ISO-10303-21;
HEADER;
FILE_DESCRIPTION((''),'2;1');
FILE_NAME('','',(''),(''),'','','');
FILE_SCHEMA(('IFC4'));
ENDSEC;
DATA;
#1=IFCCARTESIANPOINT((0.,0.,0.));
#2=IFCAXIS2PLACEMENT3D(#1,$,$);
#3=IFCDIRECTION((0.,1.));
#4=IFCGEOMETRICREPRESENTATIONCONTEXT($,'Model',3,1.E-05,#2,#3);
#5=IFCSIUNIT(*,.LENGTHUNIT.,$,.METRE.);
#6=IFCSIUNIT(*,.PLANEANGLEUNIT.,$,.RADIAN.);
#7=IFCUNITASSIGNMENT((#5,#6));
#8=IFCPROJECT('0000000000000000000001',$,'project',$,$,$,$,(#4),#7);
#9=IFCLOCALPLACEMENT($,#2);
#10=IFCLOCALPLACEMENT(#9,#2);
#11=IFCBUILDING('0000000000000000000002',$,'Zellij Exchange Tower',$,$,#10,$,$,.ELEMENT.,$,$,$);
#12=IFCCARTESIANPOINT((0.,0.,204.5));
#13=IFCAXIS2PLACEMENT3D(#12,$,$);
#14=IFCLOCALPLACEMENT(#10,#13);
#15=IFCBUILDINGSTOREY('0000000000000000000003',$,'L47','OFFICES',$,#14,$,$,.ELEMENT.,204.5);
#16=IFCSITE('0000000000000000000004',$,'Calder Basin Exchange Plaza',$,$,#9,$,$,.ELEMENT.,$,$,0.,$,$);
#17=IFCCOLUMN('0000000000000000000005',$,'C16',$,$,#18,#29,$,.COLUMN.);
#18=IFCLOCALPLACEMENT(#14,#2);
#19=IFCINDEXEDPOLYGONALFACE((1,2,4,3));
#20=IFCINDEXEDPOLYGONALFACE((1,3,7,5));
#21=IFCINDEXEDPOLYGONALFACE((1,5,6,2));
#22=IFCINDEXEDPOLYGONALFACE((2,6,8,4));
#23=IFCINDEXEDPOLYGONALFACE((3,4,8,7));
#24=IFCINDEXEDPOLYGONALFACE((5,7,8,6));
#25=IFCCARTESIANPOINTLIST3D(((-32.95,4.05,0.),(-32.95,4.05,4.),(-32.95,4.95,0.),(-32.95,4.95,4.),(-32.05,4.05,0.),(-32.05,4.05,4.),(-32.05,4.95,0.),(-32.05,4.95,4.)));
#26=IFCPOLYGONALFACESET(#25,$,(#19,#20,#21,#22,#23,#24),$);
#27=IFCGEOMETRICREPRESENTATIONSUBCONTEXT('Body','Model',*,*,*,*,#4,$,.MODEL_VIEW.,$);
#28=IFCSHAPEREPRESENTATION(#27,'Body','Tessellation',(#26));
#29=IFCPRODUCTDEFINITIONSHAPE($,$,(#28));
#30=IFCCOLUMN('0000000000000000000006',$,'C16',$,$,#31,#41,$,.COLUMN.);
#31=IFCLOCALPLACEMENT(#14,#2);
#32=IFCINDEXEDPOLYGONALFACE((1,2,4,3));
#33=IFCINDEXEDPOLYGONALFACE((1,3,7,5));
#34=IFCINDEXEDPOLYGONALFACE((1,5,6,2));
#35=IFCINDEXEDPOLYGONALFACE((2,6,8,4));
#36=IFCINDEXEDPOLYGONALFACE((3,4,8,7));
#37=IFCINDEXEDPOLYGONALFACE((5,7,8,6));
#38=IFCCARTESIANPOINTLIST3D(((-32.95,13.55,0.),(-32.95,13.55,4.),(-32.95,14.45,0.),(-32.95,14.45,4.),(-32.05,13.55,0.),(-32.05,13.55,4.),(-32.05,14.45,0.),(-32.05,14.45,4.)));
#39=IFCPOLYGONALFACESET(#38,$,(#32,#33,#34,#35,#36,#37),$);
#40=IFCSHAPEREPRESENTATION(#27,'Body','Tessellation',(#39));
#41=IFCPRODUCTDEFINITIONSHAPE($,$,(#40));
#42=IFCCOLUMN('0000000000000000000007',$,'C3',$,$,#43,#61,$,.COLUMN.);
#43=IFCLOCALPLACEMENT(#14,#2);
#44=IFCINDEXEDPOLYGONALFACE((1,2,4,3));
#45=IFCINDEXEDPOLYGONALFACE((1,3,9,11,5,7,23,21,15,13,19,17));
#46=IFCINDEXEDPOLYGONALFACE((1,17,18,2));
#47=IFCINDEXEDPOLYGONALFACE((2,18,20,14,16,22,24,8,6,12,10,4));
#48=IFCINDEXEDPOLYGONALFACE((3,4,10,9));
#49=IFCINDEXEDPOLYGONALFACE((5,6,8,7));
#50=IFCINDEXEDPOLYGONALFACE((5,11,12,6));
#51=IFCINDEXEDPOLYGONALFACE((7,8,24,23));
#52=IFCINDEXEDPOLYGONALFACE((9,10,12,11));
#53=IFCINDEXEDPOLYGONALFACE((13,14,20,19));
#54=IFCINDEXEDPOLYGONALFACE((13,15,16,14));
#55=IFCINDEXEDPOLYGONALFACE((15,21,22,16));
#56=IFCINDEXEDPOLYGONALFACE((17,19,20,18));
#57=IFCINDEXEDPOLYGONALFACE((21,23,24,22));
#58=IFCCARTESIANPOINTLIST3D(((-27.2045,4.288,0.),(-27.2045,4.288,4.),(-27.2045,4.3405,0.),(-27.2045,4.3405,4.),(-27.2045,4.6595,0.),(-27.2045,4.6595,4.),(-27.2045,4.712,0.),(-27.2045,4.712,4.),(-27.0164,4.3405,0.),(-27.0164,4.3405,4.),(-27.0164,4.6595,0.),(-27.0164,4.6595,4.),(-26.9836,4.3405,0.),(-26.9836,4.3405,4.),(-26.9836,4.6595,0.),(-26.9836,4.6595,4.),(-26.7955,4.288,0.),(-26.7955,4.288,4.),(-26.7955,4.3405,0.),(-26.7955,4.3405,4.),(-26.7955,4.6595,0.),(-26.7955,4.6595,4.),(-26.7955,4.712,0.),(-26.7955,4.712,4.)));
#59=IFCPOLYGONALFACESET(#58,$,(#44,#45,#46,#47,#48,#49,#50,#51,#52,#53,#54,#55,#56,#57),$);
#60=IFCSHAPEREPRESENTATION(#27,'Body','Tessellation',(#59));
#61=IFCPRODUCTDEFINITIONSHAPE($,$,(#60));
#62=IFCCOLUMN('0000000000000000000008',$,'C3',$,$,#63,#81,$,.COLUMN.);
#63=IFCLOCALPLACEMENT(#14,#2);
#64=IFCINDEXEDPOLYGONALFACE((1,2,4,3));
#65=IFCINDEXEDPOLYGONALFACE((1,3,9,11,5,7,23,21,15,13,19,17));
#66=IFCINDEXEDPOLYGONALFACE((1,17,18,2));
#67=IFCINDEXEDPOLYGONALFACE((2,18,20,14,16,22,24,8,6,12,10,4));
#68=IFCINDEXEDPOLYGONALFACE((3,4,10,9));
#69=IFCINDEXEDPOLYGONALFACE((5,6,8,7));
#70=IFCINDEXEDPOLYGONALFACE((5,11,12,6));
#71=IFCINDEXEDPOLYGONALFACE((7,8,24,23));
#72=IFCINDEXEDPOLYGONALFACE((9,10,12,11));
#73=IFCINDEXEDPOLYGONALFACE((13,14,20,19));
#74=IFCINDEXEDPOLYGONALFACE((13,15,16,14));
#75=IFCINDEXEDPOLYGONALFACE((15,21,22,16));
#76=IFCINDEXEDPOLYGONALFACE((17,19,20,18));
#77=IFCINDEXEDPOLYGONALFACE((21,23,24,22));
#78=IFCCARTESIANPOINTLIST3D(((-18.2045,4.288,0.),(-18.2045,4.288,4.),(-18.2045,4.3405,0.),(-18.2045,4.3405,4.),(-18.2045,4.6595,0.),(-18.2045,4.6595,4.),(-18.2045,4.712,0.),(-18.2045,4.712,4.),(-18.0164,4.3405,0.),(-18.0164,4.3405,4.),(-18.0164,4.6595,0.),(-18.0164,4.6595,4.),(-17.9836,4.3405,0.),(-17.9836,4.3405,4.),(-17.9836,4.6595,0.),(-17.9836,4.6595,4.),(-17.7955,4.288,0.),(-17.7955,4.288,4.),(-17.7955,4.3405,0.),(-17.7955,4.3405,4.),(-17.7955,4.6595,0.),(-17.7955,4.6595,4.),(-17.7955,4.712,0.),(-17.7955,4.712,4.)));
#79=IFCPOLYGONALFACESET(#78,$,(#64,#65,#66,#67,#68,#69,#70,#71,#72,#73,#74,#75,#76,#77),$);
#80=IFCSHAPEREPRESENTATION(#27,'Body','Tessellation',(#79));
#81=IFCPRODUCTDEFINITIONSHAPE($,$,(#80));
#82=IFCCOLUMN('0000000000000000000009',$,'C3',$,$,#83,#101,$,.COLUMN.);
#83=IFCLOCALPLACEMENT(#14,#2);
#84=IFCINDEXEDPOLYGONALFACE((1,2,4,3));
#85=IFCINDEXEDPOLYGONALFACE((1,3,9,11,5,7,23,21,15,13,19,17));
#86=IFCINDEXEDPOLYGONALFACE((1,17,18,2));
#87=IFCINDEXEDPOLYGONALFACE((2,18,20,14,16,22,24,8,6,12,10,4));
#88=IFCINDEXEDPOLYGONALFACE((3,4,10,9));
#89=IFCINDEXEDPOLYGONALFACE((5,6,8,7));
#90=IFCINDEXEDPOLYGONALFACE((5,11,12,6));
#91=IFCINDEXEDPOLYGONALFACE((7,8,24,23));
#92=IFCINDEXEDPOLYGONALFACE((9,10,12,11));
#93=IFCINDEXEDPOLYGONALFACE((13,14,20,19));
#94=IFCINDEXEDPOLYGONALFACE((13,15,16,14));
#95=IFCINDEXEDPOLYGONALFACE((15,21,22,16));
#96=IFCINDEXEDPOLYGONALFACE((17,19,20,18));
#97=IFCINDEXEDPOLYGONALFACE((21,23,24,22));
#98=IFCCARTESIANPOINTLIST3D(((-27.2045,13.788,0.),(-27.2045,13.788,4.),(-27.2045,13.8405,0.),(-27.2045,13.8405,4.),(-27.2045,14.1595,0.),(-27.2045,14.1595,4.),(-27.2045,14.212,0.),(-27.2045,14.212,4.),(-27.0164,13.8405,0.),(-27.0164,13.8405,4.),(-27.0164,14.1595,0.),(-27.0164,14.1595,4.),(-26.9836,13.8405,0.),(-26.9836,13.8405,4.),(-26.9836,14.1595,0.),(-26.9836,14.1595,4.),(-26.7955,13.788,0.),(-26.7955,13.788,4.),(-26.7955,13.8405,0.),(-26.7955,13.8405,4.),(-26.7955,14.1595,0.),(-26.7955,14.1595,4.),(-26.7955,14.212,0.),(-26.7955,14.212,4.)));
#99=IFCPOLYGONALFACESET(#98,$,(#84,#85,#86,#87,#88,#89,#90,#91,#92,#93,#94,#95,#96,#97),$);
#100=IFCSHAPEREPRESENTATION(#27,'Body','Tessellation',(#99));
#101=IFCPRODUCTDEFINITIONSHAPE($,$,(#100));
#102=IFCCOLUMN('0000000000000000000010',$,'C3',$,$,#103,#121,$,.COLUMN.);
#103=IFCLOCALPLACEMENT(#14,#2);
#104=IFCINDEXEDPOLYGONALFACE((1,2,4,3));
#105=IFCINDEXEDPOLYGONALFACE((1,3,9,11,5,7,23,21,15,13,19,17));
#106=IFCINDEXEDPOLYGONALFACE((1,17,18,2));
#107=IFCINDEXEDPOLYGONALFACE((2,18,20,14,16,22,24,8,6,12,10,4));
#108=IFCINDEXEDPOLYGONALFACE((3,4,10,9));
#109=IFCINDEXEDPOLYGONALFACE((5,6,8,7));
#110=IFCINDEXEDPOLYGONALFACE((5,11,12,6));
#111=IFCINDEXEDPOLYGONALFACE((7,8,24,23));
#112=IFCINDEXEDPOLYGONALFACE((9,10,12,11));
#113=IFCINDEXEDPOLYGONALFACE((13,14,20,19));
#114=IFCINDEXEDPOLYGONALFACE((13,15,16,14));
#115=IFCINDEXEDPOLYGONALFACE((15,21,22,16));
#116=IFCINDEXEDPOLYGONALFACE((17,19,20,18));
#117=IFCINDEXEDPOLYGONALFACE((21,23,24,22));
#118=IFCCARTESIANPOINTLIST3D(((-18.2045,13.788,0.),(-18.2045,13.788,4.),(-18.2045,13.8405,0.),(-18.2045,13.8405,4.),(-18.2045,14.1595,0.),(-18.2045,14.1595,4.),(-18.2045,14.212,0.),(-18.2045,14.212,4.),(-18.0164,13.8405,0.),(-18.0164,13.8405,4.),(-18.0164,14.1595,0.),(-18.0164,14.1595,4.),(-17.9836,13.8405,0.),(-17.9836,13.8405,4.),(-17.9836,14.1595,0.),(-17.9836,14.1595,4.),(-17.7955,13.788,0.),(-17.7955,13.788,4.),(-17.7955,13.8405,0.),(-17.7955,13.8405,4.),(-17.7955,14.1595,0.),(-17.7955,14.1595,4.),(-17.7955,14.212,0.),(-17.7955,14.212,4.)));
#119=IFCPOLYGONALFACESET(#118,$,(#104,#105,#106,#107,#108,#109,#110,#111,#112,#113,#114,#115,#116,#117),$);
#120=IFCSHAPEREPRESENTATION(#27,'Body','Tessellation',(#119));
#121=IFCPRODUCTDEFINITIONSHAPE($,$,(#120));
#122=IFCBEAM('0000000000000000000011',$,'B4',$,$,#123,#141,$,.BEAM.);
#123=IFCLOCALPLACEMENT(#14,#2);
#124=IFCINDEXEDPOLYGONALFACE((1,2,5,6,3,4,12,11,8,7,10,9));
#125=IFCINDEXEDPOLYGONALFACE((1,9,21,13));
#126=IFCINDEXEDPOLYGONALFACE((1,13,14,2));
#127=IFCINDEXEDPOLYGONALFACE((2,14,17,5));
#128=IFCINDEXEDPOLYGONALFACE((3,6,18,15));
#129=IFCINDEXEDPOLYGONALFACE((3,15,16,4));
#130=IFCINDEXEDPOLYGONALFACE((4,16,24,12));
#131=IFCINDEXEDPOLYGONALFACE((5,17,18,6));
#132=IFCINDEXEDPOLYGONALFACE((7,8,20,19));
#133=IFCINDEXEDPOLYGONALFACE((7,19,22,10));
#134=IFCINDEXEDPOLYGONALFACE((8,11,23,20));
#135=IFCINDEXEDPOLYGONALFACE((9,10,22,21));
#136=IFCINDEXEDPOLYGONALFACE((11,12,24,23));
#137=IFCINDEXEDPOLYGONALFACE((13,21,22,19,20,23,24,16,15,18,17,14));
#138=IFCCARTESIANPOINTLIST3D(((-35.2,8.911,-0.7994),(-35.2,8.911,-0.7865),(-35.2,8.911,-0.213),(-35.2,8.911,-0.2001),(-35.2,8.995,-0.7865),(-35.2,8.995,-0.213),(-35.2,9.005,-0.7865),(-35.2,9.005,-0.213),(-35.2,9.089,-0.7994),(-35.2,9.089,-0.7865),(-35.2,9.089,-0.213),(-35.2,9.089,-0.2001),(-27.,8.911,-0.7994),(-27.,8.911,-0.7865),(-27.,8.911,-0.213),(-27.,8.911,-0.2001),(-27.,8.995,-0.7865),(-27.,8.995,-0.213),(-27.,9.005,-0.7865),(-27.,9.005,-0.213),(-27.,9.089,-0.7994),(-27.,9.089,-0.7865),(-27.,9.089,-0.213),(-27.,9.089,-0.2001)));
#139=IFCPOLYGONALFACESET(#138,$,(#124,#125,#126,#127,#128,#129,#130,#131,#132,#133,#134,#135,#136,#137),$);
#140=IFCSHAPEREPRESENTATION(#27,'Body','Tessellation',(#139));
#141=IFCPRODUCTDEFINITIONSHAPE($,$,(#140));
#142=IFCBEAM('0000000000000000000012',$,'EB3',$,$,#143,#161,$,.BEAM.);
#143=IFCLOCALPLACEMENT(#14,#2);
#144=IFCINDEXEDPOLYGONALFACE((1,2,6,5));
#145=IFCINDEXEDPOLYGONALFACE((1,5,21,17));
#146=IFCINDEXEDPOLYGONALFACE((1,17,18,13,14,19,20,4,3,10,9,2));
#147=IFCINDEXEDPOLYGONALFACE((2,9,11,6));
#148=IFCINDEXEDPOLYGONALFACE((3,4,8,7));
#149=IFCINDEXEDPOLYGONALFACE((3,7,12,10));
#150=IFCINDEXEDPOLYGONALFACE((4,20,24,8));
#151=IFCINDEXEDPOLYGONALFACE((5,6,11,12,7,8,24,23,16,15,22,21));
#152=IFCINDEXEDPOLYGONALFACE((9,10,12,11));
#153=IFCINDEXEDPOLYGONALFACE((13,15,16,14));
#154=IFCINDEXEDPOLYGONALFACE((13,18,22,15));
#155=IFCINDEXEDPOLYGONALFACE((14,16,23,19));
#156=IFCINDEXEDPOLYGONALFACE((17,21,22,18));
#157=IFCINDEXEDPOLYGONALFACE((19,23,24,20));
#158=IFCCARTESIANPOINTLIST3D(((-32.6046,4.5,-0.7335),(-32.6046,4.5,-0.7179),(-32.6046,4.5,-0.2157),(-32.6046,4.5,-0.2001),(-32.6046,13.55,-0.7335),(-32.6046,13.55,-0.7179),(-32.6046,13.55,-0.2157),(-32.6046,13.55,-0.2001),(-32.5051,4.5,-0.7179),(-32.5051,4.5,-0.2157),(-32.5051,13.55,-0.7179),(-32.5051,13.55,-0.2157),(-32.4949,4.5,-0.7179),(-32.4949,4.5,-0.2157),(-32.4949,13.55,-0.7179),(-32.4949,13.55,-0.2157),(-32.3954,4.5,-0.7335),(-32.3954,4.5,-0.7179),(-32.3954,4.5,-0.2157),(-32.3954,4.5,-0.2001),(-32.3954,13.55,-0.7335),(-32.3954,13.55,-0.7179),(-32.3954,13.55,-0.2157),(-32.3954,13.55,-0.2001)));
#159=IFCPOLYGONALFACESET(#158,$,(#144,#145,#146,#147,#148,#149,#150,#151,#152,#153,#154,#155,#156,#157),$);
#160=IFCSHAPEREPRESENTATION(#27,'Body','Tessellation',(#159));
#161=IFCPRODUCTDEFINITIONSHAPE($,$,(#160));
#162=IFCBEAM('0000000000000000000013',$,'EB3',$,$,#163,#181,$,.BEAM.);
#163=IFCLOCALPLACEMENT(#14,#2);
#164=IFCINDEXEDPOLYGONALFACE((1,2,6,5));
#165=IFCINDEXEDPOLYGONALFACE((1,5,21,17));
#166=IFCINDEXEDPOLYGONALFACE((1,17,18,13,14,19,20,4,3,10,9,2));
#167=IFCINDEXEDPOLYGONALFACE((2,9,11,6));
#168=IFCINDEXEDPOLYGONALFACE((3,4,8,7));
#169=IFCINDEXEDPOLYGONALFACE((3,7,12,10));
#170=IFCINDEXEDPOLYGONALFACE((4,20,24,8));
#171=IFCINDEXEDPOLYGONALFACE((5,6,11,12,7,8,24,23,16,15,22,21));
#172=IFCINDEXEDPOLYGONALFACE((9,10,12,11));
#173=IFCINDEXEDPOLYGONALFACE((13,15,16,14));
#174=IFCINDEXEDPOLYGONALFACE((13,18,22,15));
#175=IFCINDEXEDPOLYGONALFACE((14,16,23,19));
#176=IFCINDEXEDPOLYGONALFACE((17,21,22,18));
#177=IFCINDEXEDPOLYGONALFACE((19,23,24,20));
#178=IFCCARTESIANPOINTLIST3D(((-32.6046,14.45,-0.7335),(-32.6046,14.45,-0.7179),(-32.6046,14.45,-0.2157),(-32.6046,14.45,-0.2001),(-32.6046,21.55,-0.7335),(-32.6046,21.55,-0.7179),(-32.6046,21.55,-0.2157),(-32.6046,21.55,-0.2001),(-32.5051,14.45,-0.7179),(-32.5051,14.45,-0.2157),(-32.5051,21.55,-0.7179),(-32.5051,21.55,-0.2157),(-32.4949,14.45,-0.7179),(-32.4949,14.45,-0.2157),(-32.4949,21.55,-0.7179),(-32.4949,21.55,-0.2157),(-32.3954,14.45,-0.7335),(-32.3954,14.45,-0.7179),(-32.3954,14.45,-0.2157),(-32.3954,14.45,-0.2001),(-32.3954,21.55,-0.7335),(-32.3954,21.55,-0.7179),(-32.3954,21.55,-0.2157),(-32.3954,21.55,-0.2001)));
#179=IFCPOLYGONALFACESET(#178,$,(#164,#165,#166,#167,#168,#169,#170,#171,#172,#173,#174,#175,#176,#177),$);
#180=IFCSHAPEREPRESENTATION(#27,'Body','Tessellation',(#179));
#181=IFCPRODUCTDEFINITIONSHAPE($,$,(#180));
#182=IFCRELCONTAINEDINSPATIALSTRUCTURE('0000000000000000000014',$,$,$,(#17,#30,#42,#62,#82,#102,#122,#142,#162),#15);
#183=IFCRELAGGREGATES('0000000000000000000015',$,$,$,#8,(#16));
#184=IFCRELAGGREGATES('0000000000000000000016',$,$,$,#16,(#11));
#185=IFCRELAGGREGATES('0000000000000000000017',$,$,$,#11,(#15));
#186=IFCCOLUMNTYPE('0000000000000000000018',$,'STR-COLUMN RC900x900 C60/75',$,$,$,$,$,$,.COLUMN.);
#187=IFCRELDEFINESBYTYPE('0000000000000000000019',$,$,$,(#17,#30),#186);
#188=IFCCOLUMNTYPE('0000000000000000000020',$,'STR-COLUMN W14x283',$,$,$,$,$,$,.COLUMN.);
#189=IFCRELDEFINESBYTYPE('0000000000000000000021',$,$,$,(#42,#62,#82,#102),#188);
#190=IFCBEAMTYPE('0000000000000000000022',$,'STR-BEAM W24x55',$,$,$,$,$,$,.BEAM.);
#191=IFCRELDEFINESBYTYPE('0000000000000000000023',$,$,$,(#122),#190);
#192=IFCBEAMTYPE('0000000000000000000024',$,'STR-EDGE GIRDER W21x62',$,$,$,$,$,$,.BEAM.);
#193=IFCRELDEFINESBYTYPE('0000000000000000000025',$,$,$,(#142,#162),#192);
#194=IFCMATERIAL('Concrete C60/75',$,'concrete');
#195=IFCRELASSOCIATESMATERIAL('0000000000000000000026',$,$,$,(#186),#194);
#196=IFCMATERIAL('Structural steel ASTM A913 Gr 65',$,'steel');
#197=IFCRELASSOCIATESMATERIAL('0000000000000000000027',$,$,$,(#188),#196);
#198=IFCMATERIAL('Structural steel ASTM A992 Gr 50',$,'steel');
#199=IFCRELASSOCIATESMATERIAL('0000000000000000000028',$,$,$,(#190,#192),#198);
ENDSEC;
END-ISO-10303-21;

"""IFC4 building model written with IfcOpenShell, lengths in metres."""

from ifc_helpers import new_model, si_unit, direction, frame, origin, origin_2d, place, context, subcontext, project, spatial, rectangle, i_section, extrude, material, material_profile, profile_set, type_object, element, save


model = new_model("IFC4")

# Units and contexts
model_context = context("Model", 3, precision=1e-05, world=origin(), true_north=direction((0.0, 1.0)))
body_context = subcontext(model_context, "Body", "Model", "MODEL_VIEW")
ifc_project = project(units=[si_unit("LENGTHUNIT", "METRE"), si_unit("PLANEANGLEUNIT", "RADIAN")], contexts=[model_context])

# Site, building, storey
site_placement = place(None, origin())
site = spatial("IfcSite", under=ifc_project, at=site_placement, Name="Calder Basin Exchange Plaza", CompositionType="ELEMENT", RefElevation=0.0)
building_placement = place(site_placement, origin())
building = spatial("IfcBuilding", under=site, at=building_placement, Name="Zellij Exchange Tower", CompositionType="ELEMENT")
storey_placement = place(building_placement, frame((0.0, 0.0, 204.5)))
storey = spatial("IfcBuildingStorey", under=building, at=storey_placement, Name="L47", Description="OFFICES", CompositionType="ELEMENT", Elevation=204.5)

# Columns
ifc_material_1 = material(Name="Concrete C60/75", Category="concrete")
ifc_material_profile_1 = material_profile(ifc_material_1, rectangle(XDim=0.8999, YDim=0.8999, at=origin_2d()), Name="STR-COLUMN RC900x900 C60/75")
ifc_profile_set_1 = profile_set([ifc_material_profile_1], Name="Concrete C60/75")
column_type_1 = type_object("IfcColumnType", Name="STR-COLUMN RC900x900 C60/75", PredefinedType="COLUMN", material=ifc_profile_set_1)
for number, where, z_axis, x_axis, name in (
    (1, (-32.5, 4.5, 0.0), (0.0, 0.0, 1.0), (1.0, 0.0, 0.0), "C16"),
    (2, (-32.5, 14.0, 0.0), (0.0, 0.0, 1.0), (1.0, 0.0, 0.0), "C16"),
):
    element("IfcColumn", number, at=place(storey_placement, frame(where, z_axis=z_axis, x_axis=x_axis)), inside=storey, type_object=column_type_1, Name=name, PredefinedType="COLUMN", context=body_context, shape_type="SweptSolid", body=[
        extrude(rectangle(XDim=0.8999, YDim=0.8999, at=origin_2d()), origin(), (0.0, 0.0, 1.0), 4.0),
    ])
ifc_material_2 = material(Name="Structural steel ASTM A913 Gr 65", Category="steel")
ifc_material_profile_2 = material_profile(ifc_material_2, i_section(OverallWidth=0.4089, OverallDepth=0.4241, WebThickness=0.0327, FlangeThickness=0.0525, at=origin_2d()), Name="W14x283")
ifc_profile_set_2 = profile_set([ifc_material_profile_2], Name="Structural steel ASTM A913 Gr 65")
column_type_2 = type_object("IfcColumnType", Name="STR-COLUMN W14x283", PredefinedType="COLUMN", material=ifc_profile_set_2)
for number, where, z_axis, x_axis, name in (
    (3, (-27.0, 4.5, 0.0), (0.0, 0.0, 1.0), (1.0, 0.0, 0.0), "C3"),
    (4, (-18.0, 4.5, 0.0), (0.0, 0.0, 1.0), (1.0, 0.0, 0.0), "C3"),
    (5, (-27.0, 14.0, 0.0), (0.0, 0.0, 1.0), (1.0, 0.0, 0.0), "C3"),
    (6, (-18.0, 14.0, 0.0), (0.0, 0.0, 1.0), (1.0, 0.0, 0.0), "C3"),
):
    element("IfcColumn", number, at=place(storey_placement, frame(where, z_axis=z_axis, x_axis=x_axis)), inside=storey, type_object=column_type_2, Name=name, PredefinedType="COLUMN", context=body_context, shape_type="SweptSolid", body=[
        extrude(i_section(OverallWidth=0.4089, OverallDepth=0.4241, WebThickness=0.0327, FlangeThickness=0.0525, at=origin_2d()), origin(), (0.0, 0.0, 1.0), 4.0),
    ])

# Beams
ifc_material_3 = material(Name="Structural steel ASTM A992 Gr 50", Category="steel")
ifc_material_profile_3 = material_profile(ifc_material_3, i_section(OverallWidth=0.178, OverallDepth=0.5994, WebThickness=0.01, FlangeThickness=0.0129, at=origin_2d()), Name="W24x55")
ifc_profile_set_3 = profile_set([ifc_material_profile_3], Name="Structural steel ASTM A992 Gr 50")
beam_type_1 = type_object("IfcBeamType", Name="STR-BEAM W24x55", PredefinedType="BEAM", material=ifc_profile_set_3)
beam_1_placement = place(storey_placement, frame((-35.2, 9.0, -0.4998), z_axis=(1.0, 0.0, 0.0), x_axis=(0.0, 1.0, 0.0)))
element("IfcBeam", 7, at=beam_1_placement, inside=storey, type_object=beam_type_1, Name="B4", PredefinedType="BEAM", context=body_context, shape_type="SweptSolid", body=[
    extrude(i_section(OverallWidth=0.178, OverallDepth=0.5994, WebThickness=0.01, FlangeThickness=0.0129, at=origin_2d()), origin(), (0.0, 0.0, 1.0), 8.2),
])
ifc_material_profile_4 = material_profile(ifc_material_3, i_section(OverallWidth=0.2092, OverallDepth=0.5334, WebThickness=0.0103, FlangeThickness=0.0156, at=origin_2d()), Name="W21x62")
ifc_profile_set_4 = profile_set([ifc_material_profile_4], Name="Structural steel ASTM A992 Gr 50")
beam_type_2 = type_object("IfcBeamType", Name="STR-EDGE GIRDER W21x62", PredefinedType="BEAM", material=ifc_profile_set_4)
beam_2_placement = place(storey_placement, frame((-32.5, 4.5, -0.4668), z_axis=(0.0, 1.0, 0.0), x_axis=(-1.0, 0.0, 0.0)))
element("IfcBeam", 8, at=beam_2_placement, inside=storey, type_object=beam_type_2, Name="EB3", PredefinedType="BEAM", context=body_context, shape_type="SweptSolid", body=[
    extrude(i_section(OverallWidth=0.2092, OverallDepth=0.5334, WebThickness=0.0103, FlangeThickness=0.0156, at=origin_2d()), origin(), (0.0, 0.0, 1.0), 9.05),
])
beam_3_placement = place(storey_placement, frame((-32.5, 14.45, -0.4668), z_axis=(0.0, 1.0, 0.0), x_axis=(-1.0, 0.0, 0.0)))
element("IfcBeam", 9, at=beam_3_placement, inside=storey, type_object=beam_type_2, Name="EB3", PredefinedType="BEAM", context=body_context, shape_type="SweptSolid", body=[
    extrude(i_section(OverallWidth=0.2092, OverallDepth=0.5334, WebThickness=0.0103, FlangeThickness=0.0156, at=origin_2d()), origin(), (0.0, 0.0, 1.0), 7.1001),
])

save(model, "model.ifc")
